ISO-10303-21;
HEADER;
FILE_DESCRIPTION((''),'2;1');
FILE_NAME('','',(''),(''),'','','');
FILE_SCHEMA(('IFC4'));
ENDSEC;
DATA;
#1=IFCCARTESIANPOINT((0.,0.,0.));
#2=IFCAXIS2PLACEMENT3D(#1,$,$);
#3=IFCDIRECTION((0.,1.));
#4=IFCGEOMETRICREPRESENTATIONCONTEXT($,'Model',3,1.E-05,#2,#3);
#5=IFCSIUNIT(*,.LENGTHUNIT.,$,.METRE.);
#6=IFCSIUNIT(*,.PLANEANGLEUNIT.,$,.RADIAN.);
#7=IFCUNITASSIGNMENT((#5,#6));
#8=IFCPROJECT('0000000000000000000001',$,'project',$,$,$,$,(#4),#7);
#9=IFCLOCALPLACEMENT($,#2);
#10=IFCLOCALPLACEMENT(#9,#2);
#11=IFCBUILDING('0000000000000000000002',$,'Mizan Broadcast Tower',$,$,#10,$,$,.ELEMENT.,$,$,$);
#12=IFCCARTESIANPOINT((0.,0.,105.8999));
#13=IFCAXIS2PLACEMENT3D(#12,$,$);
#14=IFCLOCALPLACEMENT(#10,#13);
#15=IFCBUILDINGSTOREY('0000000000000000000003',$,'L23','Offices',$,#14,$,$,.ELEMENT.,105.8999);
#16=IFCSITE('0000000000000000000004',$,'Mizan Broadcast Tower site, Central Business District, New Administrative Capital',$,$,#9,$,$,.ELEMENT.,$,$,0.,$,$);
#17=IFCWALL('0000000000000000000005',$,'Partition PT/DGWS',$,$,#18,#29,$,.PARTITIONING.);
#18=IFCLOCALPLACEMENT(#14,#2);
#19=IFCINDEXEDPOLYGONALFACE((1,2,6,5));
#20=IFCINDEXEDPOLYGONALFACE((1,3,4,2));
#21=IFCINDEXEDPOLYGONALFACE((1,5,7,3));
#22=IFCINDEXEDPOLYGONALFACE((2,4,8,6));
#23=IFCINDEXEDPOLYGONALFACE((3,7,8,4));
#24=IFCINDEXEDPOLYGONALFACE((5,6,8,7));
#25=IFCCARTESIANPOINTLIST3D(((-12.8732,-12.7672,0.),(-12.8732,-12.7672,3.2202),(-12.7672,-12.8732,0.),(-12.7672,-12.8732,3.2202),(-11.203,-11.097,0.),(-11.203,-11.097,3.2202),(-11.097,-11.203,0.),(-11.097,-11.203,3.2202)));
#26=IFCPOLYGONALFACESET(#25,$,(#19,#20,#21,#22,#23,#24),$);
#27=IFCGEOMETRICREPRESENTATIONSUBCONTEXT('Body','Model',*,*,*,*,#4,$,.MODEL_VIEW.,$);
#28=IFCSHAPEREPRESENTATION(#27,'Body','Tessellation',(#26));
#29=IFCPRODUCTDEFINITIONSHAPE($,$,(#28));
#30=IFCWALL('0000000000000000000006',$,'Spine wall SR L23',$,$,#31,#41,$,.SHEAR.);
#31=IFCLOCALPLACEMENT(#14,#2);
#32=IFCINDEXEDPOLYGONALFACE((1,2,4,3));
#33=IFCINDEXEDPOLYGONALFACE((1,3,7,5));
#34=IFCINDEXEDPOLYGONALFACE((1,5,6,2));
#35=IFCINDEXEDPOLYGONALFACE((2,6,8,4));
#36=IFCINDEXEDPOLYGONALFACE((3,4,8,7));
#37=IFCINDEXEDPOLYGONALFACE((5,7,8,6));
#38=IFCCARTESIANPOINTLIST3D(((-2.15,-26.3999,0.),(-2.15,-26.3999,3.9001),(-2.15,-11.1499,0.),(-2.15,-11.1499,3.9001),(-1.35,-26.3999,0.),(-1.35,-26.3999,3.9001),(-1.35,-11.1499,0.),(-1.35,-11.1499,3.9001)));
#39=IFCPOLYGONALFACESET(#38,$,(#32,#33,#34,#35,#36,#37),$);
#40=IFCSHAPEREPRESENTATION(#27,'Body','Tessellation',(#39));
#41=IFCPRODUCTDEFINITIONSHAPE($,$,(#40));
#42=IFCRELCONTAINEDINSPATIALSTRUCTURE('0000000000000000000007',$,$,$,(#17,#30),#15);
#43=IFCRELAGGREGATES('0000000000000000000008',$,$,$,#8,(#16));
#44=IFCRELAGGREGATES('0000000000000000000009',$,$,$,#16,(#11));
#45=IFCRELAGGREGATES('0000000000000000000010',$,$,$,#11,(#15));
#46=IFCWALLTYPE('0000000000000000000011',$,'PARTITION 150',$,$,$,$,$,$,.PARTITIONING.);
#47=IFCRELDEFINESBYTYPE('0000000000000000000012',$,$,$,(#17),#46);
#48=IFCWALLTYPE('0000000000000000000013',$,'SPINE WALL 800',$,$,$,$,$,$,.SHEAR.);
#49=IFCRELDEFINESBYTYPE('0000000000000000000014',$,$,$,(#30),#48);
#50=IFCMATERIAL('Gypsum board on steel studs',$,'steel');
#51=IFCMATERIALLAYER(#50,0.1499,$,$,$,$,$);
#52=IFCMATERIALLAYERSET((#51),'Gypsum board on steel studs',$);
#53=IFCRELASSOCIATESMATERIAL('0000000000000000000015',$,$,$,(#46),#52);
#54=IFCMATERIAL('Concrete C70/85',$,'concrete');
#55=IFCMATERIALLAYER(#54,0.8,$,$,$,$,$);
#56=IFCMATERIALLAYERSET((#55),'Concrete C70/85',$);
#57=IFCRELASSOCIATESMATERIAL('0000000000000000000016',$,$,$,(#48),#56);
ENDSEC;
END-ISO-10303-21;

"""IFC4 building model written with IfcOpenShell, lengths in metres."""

from ifc_helpers import new_model, si_unit, direction, frame, frame_2d, origin, place, context, subcontext, project, spatial, rectangle, extrude, material, layer, layer_set, type_object, element, save


model = new_model("IFC4")

# Units and contexts
model_context = context("Model", 3, precision=1e-05, world=origin(), true_north=direction((0.0, 1.0)))
body_context = subcontext(model_context, "Body", "Model", "MODEL_VIEW")
ifc_project = project(units=[si_unit("LENGTHUNIT", "METRE"), si_unit("PLANEANGLEUNIT", "RADIAN")], contexts=[model_context])

# Site, building, storey
site_placement = place(None, origin())
site = spatial("IfcSite", under=ifc_project, at=site_placement, Name="Mizan Broadcast Tower site, Central Business District, New Administrative Capital", CompositionType="ELEMENT", RefElevation=0.0)
building_placement = place(site_placement, origin())
building = spatial("IfcBuilding", under=site, at=building_placement, Name="Mizan Broadcast Tower", CompositionType="ELEMENT")
storey_placement = place(building_placement, frame((0.0, 0.0, 105.8999)))
storey = spatial("IfcBuildingStorey", under=building, at=storey_placement, Name="L23", Description="Offices", CompositionType="ELEMENT", Elevation=105.8999)

# Walls
ifc_material_1 = material(Name="Gypsum board on steel studs", Category="steel")
ifc_layer_1 = layer(ifc_material_1, 0.1499)
ifc_layer_set_1 = layer_set([ifc_layer_1], Name="Gypsum board on steel studs")
wall_type_1 = type_object("IfcWallType", Name="PARTITION 150", PredefinedType="PARTITIONING", material=ifc_layer_set_1)
wall_1_placement = place(storey_placement, frame((-11.1499, -11.1499, 0.0), z_axis=(0.0, 0.0, 1.0), x_axis=(-0.707107, -0.707107, 0.0)))
element("IfcWall", 1, at=wall_1_placement, inside=storey, type_object=wall_type_1, Name="Partition PT/DGWS", PredefinedType="PARTITIONING", context=body_context, shape_type="SweptSolid", body=[
    extrude(rectangle(XDim=2.3621, YDim=0.1499, at=frame_2d((1.1812, 0.0))), origin(), (0.0, 0.0, 1.0), 3.2202),
])
ifc_material_2 = material(Name="Concrete C70/85", Category="concrete")
ifc_layer_2 = layer(ifc_material_2, 0.8)
ifc_layer_set_2 = layer_set([ifc_layer_2], Name="Concrete C70/85")
wall_type_2 = type_object("IfcWallType", Name="SPINE WALL 800", PredefinedType="SHEAR", material=ifc_layer_set_2)
wall_2_placement = place(storey_placement, frame((-1.75, -11.1499, 0.0), z_axis=(0.0, 0.0, 1.0), x_axis=(0.0, -1.0, 0.0)))
element("IfcWall", 2, at=wall_2_placement, inside=storey, type_object=wall_type_2, Name="Spine wall SR L23", PredefinedType="SHEAR", context=body_context, shape_type="SweptSolid", body=[
    extrude(rectangle(XDim=15.25, YDim=0.8, at=frame_2d((7.625, 0.0))), origin(), (0.0, 0.0, 1.0), 3.9001),
])

save(model, "model.ifc")
